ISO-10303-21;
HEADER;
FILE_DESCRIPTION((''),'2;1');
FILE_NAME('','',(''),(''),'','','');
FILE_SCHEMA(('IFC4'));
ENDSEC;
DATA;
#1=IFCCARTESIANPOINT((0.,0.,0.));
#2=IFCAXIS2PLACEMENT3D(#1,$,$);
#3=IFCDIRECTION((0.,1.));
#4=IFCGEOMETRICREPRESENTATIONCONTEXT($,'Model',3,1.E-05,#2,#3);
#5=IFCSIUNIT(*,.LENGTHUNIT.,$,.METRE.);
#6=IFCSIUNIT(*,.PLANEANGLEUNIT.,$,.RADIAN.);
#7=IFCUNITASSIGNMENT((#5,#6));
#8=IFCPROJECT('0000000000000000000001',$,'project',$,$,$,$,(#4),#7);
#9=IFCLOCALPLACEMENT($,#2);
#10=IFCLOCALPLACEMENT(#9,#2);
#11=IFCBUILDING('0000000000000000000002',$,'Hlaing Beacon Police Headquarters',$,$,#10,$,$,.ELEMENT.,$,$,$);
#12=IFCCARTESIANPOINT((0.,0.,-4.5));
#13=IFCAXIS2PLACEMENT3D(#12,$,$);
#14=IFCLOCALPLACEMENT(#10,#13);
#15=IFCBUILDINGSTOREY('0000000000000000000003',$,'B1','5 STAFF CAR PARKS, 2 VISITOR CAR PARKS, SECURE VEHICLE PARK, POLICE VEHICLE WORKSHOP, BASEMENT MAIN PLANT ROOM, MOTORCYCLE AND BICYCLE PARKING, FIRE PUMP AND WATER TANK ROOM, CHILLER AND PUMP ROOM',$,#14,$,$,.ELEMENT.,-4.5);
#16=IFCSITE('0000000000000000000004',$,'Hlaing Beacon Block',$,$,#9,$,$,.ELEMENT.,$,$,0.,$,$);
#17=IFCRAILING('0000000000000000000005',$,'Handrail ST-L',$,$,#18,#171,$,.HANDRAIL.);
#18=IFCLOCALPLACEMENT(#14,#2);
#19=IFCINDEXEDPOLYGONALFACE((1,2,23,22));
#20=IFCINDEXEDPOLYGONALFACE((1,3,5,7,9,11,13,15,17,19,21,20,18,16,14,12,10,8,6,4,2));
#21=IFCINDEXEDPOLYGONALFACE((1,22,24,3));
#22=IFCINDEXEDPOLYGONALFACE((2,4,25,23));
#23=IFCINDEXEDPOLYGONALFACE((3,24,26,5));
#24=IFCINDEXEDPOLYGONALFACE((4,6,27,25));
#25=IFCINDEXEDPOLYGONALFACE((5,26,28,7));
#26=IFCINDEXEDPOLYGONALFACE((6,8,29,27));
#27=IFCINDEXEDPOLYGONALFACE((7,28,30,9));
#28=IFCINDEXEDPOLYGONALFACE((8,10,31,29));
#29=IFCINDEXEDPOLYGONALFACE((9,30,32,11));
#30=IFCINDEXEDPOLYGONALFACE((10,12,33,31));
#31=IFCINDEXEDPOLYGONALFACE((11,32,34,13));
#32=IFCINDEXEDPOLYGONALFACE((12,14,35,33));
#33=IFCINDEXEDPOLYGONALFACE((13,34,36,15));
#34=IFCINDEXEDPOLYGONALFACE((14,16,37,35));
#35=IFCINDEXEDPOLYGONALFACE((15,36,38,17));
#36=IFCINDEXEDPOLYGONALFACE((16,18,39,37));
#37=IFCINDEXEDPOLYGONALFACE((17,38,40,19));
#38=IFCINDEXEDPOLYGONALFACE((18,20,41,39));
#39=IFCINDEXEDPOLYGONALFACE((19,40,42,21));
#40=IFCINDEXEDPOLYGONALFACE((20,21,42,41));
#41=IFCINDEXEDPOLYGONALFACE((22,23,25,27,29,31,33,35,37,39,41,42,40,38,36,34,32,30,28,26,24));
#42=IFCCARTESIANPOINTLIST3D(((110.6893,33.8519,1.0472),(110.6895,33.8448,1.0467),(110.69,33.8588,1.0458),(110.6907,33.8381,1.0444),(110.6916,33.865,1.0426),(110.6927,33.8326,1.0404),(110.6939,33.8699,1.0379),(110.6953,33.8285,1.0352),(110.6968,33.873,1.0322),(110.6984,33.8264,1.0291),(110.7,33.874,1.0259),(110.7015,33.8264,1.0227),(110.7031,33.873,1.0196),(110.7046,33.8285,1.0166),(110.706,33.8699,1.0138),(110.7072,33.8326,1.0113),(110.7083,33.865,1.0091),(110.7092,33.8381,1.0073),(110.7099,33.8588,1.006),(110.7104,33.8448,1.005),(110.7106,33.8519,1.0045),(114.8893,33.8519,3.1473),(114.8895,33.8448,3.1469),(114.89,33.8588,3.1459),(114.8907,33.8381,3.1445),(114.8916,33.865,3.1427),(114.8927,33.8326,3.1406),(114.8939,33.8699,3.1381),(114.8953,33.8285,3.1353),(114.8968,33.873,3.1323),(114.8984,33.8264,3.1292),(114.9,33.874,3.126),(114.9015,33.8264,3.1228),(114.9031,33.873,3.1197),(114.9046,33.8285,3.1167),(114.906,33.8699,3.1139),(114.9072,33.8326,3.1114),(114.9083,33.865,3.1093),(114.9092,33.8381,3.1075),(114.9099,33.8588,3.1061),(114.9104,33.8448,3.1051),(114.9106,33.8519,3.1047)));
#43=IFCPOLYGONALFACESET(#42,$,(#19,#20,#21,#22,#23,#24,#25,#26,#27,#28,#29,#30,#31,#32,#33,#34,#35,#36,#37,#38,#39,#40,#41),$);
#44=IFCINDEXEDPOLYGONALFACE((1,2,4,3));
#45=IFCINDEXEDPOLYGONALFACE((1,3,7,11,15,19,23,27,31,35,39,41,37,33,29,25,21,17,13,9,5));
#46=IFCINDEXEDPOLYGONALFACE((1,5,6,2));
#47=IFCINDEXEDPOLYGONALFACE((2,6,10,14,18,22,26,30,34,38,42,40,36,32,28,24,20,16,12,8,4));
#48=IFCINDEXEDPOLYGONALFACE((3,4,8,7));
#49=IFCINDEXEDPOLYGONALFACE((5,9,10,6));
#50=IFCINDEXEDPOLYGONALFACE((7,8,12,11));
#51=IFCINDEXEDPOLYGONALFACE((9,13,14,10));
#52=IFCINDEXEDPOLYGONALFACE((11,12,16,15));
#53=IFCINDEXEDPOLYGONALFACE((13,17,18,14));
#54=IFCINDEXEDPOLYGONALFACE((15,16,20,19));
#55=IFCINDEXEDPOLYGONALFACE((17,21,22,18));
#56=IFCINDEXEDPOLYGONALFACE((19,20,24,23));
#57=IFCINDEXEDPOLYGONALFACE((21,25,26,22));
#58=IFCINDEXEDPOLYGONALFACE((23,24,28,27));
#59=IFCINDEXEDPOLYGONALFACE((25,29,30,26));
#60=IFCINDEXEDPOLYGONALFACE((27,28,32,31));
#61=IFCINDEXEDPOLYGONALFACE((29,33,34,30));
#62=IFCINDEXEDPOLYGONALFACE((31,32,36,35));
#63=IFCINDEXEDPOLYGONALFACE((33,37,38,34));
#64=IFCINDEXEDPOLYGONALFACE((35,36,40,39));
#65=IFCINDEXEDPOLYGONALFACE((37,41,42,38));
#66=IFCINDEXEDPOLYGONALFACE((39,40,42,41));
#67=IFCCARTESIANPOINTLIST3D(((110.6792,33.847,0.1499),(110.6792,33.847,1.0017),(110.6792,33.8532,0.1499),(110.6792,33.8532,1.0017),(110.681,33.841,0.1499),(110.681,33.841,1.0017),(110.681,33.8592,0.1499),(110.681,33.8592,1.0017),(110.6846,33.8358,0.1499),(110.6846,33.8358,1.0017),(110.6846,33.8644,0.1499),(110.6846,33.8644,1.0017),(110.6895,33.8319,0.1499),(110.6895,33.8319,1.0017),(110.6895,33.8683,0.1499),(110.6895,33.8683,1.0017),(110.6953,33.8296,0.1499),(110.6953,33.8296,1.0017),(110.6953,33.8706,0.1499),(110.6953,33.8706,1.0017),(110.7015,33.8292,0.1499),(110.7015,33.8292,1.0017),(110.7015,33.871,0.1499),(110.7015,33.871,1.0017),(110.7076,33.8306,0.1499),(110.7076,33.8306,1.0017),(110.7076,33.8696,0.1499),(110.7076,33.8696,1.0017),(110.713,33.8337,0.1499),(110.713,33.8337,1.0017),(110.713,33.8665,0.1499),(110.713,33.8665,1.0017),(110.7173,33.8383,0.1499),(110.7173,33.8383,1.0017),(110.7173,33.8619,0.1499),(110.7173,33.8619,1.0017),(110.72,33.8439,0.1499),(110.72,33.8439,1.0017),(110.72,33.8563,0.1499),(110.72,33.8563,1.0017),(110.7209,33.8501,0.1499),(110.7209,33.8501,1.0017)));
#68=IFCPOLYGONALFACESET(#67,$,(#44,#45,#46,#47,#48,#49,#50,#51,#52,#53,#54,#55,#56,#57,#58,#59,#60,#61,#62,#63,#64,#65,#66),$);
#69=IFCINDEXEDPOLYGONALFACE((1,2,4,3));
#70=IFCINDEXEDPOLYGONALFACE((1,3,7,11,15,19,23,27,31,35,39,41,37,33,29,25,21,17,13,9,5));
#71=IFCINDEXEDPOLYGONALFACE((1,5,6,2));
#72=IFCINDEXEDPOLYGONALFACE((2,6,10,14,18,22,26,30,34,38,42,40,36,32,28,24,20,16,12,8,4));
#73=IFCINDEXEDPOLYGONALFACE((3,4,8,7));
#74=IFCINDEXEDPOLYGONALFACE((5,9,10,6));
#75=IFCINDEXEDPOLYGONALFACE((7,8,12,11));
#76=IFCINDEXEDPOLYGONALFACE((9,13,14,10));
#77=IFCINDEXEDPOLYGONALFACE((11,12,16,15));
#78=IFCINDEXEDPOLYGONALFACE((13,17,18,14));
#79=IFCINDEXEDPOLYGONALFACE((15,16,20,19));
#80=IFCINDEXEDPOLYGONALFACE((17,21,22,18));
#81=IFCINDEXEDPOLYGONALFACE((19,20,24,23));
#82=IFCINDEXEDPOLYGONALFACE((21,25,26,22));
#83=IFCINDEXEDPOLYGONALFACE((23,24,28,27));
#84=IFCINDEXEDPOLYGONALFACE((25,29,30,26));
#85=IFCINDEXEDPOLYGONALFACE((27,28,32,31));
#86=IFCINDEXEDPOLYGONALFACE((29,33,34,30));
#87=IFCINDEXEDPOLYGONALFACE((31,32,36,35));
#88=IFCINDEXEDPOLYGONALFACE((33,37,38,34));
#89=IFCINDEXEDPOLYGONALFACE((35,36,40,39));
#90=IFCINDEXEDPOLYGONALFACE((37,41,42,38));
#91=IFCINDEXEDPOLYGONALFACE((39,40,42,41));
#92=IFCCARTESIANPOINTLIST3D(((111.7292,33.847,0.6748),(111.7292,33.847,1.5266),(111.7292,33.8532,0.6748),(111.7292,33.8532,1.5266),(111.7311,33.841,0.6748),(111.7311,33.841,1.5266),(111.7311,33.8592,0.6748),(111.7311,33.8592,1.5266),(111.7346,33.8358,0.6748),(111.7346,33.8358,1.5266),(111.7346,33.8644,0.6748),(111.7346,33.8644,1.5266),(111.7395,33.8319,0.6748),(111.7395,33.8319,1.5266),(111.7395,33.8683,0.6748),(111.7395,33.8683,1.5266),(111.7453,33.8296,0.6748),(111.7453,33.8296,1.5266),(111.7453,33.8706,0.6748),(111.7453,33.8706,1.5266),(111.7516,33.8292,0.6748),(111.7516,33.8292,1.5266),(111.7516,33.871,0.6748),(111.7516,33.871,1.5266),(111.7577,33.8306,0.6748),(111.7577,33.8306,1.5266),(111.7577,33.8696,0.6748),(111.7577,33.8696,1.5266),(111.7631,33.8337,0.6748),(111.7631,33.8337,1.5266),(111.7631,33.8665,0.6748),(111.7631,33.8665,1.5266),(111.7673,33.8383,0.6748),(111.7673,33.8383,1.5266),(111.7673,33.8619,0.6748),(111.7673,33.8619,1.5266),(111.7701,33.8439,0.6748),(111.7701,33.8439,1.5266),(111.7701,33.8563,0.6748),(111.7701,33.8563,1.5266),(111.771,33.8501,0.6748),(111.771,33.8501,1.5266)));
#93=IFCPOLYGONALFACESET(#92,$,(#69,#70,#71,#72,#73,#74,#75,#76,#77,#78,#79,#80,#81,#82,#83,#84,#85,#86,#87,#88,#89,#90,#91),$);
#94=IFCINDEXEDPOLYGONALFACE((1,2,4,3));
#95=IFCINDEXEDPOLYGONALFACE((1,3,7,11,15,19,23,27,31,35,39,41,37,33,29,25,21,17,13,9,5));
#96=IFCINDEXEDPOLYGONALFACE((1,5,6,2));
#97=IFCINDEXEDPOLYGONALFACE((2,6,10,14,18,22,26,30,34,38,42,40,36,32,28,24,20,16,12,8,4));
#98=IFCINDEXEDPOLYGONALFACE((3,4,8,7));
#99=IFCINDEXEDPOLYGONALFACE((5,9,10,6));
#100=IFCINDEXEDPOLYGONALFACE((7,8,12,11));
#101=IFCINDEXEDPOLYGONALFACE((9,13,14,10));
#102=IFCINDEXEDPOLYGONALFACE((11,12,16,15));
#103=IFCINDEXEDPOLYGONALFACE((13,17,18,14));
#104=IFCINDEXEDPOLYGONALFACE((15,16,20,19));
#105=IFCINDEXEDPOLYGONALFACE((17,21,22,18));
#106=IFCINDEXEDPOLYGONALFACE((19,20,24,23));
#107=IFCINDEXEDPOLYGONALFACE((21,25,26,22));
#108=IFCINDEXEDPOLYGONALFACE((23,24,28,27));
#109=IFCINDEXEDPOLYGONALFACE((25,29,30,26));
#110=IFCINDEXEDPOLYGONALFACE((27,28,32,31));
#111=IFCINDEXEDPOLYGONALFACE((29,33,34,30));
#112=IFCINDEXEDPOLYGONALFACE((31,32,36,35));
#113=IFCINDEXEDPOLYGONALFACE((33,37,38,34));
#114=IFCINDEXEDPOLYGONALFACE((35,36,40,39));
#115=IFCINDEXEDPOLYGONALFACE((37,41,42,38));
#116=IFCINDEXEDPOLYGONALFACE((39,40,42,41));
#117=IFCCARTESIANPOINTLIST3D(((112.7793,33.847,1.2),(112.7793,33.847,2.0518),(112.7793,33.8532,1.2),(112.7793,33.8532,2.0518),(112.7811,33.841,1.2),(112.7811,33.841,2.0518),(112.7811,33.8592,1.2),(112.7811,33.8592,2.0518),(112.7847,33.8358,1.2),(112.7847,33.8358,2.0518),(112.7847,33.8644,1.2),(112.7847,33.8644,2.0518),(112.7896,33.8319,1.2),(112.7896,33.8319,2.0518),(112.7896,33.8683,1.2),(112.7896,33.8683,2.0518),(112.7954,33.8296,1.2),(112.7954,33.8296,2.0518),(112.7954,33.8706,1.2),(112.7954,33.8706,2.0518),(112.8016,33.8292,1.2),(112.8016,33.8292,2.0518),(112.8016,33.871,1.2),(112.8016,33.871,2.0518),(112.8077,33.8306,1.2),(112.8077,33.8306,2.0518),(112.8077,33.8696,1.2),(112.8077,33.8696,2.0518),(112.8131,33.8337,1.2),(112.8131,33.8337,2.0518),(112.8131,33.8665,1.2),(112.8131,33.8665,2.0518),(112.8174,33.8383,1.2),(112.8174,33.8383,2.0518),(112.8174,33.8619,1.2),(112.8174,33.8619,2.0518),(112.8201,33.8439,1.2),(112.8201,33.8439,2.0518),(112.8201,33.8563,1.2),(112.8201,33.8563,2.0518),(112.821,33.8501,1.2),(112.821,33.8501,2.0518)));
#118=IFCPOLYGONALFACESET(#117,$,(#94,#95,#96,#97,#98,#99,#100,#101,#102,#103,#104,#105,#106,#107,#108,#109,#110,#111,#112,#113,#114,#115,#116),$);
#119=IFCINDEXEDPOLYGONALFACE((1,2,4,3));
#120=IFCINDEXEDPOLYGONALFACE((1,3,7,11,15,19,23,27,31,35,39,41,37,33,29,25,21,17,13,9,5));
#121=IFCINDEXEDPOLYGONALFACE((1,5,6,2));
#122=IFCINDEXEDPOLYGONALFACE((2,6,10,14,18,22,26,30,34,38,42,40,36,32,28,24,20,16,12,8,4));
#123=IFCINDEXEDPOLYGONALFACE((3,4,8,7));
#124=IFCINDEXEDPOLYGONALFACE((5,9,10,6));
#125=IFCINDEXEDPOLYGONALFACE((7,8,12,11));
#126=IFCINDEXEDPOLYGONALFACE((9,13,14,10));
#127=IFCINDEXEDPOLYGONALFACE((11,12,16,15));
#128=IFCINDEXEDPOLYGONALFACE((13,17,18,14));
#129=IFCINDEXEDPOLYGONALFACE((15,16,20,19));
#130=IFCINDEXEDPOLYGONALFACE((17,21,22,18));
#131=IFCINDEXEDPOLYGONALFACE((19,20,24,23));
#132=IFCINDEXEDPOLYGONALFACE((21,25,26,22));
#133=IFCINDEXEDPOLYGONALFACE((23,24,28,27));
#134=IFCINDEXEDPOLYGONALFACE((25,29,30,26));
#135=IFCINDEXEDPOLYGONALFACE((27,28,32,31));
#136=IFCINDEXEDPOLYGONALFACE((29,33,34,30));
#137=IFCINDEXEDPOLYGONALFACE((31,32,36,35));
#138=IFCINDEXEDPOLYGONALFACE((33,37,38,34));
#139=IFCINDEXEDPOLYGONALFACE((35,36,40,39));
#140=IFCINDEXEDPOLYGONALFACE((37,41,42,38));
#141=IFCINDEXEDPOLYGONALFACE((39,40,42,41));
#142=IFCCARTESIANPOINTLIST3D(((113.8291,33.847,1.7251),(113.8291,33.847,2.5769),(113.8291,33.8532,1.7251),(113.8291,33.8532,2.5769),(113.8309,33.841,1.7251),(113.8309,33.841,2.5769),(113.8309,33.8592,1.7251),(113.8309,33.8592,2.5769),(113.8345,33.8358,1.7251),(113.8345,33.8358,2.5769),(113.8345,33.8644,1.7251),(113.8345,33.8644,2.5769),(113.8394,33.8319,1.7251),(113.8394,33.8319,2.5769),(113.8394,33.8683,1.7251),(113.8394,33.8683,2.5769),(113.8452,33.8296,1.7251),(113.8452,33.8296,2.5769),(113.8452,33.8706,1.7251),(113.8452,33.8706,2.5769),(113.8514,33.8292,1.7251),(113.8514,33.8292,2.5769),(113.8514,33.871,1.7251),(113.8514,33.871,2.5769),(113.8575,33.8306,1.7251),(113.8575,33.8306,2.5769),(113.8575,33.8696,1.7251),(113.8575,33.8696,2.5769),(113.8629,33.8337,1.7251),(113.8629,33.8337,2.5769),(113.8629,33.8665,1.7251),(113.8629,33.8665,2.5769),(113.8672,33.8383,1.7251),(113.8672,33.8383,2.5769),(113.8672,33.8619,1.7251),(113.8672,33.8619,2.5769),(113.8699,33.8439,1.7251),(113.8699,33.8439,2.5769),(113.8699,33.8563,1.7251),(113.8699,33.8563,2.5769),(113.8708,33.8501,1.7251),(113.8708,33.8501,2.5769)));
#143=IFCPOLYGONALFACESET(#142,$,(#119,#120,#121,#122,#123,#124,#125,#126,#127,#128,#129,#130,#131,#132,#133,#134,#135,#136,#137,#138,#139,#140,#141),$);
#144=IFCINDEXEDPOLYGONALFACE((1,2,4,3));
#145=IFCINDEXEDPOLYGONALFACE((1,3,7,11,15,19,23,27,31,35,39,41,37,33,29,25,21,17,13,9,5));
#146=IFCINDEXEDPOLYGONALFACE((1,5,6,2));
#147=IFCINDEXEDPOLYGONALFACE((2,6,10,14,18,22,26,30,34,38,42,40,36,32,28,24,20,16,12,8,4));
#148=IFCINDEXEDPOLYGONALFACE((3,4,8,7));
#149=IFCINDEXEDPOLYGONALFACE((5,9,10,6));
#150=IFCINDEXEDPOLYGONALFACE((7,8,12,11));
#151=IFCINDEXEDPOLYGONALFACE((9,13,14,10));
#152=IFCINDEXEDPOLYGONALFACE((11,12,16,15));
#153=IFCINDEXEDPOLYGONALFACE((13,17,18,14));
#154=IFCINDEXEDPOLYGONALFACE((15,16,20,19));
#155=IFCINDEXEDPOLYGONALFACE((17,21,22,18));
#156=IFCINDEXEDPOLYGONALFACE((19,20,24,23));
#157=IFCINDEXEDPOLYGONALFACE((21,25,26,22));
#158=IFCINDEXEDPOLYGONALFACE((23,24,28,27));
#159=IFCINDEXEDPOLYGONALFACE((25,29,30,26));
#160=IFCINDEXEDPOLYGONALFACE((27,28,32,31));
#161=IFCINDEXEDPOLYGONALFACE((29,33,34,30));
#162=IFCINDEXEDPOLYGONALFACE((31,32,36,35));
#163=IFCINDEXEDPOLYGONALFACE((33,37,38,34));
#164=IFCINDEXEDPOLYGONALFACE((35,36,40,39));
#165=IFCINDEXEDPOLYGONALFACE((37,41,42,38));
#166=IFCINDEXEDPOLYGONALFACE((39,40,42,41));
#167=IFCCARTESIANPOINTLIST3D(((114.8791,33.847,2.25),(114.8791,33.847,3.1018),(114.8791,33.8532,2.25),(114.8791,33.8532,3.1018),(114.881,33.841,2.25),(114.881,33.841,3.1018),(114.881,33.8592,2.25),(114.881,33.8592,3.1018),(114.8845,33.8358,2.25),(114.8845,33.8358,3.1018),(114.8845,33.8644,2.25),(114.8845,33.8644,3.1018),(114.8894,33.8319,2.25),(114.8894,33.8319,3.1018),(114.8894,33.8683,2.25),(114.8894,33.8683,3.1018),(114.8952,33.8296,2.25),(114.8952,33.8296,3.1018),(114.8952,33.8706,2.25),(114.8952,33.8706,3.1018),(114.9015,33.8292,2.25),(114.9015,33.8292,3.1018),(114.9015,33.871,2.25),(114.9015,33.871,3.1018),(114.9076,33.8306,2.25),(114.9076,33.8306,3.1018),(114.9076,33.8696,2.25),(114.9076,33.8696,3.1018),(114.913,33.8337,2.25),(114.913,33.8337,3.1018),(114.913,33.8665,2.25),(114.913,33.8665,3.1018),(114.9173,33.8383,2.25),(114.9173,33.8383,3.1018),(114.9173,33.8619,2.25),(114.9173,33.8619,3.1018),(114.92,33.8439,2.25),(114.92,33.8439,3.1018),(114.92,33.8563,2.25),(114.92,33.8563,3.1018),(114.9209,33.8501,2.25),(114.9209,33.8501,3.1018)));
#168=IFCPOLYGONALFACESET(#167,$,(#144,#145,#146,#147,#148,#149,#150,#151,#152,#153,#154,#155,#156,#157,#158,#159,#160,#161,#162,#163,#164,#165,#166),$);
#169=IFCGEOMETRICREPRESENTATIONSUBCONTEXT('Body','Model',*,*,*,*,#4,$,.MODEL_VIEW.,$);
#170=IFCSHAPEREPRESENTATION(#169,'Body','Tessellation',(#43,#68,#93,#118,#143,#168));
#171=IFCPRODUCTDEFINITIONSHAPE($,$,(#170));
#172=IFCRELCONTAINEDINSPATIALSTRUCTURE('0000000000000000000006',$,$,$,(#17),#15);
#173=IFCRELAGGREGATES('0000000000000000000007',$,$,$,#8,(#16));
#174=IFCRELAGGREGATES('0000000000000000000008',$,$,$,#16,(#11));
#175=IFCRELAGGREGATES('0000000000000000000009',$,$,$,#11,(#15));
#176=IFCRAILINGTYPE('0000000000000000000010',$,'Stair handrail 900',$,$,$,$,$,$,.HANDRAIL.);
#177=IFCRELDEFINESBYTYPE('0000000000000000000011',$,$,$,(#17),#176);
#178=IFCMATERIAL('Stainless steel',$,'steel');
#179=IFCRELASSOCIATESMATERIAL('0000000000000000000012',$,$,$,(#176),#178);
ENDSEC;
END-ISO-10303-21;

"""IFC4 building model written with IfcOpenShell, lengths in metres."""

from ifc_helpers import new_model, si_unit, direction, frame, origin, origin_2d, place, context, subcontext, project, spatial, circle, extrude, material, type_object, element, save


model = new_model("IFC4")

# Units and contexts
model_context = context("Model", 3, precision=1e-05, world=origin(), true_north=direction((0.0, 1.0)))
body_context = subcontext(model_context, "Body", "Model", "MODEL_VIEW")
ifc_project = project(units=[si_unit("LENGTHUNIT", "METRE"), si_unit("PLANEANGLEUNIT", "RADIAN")], contexts=[model_context])

# Site, building, storey
site_placement = place(None, origin())
site = spatial("IfcSite", under=ifc_project, at=site_placement, Name="Hlaing Beacon Block", CompositionType="ELEMENT", RefElevation=0.0)
building_placement = place(site_placement, origin())
building = spatial("IfcBuilding", under=site, at=building_placement, Name="Hlaing Beacon Police Headquarters", CompositionType="ELEMENT")
storey_placement = place(building_placement, frame((0.0, 0.0, -4.5)))
storey = spatial("IfcBuildingStorey", under=building, at=storey_placement, Name="B1", Description="5 STAFF CAR PARKS, 2 VISITOR CAR PARKS, SECURE VEHICLE PARK, POLICE VEHICLE WORKSHOP, BASEMENT MAIN PLANT ROOM, MOTORCYCLE AND BICYCLE PARKING, FIRE PUMP AND WATER TANK ROOM, CHILLER AND PUMP ROOM", CompositionType="ELEMENT", Elevation=-4.5)

# Railing
ifc_material_1 = material(Name="Stainless steel", Category="steel")
railing_type = type_object("IfcRailingType", Name="Stair handrail 900", PredefinedType="HANDRAIL", material=ifc_material_1)
for number, where, name in (
    (1, (110.7, 33.8501, 0.1499), "Handrail ST-L"),
):
    element("IfcRailing", number, at=place(storey_placement, frame(where)), inside=storey, type_object=railing_type, Name=name, PredefinedType="HANDRAIL", context=body_context, shape_type="SweptSolid", body=[
        extrude(circle(Radius=0.0239, at=origin_2d()), frame((0.0, 0.0, 0.876), z_axis=(0.894417, 0.0, 0.447234), x_axis=(0.0, 1.0, 0.0)), (0.0, 0.0, 1.0), 4.6958),
        extrude(circle(Radius=0.021, at=origin_2d()), origin(), (0.0, 0.0, 1.0), 0.8518),
        extrude(circle(Radius=0.021, at=origin_2d()), frame((1.05, 0.0, 0.5249)), (0.0, 0.0, 1.0), 0.8518),
        extrude(circle(Radius=0.021, at=origin_2d()), frame((2.1001, 0.0, 1.05)), (0.0, 0.0, 1.0), 0.8518),
        extrude(circle(Radius=0.021, at=origin_2d()), frame((3.1499, 0.0, 1.5752)), (0.0, 0.0, 1.0), 0.8518),
        extrude(circle(Radius=0.021, at=origin_2d()), frame((4.2, 0.0, 2.1001)), (0.0, 0.0, 1.0), 0.8518),
    ])

save(model, "model.ifc")
